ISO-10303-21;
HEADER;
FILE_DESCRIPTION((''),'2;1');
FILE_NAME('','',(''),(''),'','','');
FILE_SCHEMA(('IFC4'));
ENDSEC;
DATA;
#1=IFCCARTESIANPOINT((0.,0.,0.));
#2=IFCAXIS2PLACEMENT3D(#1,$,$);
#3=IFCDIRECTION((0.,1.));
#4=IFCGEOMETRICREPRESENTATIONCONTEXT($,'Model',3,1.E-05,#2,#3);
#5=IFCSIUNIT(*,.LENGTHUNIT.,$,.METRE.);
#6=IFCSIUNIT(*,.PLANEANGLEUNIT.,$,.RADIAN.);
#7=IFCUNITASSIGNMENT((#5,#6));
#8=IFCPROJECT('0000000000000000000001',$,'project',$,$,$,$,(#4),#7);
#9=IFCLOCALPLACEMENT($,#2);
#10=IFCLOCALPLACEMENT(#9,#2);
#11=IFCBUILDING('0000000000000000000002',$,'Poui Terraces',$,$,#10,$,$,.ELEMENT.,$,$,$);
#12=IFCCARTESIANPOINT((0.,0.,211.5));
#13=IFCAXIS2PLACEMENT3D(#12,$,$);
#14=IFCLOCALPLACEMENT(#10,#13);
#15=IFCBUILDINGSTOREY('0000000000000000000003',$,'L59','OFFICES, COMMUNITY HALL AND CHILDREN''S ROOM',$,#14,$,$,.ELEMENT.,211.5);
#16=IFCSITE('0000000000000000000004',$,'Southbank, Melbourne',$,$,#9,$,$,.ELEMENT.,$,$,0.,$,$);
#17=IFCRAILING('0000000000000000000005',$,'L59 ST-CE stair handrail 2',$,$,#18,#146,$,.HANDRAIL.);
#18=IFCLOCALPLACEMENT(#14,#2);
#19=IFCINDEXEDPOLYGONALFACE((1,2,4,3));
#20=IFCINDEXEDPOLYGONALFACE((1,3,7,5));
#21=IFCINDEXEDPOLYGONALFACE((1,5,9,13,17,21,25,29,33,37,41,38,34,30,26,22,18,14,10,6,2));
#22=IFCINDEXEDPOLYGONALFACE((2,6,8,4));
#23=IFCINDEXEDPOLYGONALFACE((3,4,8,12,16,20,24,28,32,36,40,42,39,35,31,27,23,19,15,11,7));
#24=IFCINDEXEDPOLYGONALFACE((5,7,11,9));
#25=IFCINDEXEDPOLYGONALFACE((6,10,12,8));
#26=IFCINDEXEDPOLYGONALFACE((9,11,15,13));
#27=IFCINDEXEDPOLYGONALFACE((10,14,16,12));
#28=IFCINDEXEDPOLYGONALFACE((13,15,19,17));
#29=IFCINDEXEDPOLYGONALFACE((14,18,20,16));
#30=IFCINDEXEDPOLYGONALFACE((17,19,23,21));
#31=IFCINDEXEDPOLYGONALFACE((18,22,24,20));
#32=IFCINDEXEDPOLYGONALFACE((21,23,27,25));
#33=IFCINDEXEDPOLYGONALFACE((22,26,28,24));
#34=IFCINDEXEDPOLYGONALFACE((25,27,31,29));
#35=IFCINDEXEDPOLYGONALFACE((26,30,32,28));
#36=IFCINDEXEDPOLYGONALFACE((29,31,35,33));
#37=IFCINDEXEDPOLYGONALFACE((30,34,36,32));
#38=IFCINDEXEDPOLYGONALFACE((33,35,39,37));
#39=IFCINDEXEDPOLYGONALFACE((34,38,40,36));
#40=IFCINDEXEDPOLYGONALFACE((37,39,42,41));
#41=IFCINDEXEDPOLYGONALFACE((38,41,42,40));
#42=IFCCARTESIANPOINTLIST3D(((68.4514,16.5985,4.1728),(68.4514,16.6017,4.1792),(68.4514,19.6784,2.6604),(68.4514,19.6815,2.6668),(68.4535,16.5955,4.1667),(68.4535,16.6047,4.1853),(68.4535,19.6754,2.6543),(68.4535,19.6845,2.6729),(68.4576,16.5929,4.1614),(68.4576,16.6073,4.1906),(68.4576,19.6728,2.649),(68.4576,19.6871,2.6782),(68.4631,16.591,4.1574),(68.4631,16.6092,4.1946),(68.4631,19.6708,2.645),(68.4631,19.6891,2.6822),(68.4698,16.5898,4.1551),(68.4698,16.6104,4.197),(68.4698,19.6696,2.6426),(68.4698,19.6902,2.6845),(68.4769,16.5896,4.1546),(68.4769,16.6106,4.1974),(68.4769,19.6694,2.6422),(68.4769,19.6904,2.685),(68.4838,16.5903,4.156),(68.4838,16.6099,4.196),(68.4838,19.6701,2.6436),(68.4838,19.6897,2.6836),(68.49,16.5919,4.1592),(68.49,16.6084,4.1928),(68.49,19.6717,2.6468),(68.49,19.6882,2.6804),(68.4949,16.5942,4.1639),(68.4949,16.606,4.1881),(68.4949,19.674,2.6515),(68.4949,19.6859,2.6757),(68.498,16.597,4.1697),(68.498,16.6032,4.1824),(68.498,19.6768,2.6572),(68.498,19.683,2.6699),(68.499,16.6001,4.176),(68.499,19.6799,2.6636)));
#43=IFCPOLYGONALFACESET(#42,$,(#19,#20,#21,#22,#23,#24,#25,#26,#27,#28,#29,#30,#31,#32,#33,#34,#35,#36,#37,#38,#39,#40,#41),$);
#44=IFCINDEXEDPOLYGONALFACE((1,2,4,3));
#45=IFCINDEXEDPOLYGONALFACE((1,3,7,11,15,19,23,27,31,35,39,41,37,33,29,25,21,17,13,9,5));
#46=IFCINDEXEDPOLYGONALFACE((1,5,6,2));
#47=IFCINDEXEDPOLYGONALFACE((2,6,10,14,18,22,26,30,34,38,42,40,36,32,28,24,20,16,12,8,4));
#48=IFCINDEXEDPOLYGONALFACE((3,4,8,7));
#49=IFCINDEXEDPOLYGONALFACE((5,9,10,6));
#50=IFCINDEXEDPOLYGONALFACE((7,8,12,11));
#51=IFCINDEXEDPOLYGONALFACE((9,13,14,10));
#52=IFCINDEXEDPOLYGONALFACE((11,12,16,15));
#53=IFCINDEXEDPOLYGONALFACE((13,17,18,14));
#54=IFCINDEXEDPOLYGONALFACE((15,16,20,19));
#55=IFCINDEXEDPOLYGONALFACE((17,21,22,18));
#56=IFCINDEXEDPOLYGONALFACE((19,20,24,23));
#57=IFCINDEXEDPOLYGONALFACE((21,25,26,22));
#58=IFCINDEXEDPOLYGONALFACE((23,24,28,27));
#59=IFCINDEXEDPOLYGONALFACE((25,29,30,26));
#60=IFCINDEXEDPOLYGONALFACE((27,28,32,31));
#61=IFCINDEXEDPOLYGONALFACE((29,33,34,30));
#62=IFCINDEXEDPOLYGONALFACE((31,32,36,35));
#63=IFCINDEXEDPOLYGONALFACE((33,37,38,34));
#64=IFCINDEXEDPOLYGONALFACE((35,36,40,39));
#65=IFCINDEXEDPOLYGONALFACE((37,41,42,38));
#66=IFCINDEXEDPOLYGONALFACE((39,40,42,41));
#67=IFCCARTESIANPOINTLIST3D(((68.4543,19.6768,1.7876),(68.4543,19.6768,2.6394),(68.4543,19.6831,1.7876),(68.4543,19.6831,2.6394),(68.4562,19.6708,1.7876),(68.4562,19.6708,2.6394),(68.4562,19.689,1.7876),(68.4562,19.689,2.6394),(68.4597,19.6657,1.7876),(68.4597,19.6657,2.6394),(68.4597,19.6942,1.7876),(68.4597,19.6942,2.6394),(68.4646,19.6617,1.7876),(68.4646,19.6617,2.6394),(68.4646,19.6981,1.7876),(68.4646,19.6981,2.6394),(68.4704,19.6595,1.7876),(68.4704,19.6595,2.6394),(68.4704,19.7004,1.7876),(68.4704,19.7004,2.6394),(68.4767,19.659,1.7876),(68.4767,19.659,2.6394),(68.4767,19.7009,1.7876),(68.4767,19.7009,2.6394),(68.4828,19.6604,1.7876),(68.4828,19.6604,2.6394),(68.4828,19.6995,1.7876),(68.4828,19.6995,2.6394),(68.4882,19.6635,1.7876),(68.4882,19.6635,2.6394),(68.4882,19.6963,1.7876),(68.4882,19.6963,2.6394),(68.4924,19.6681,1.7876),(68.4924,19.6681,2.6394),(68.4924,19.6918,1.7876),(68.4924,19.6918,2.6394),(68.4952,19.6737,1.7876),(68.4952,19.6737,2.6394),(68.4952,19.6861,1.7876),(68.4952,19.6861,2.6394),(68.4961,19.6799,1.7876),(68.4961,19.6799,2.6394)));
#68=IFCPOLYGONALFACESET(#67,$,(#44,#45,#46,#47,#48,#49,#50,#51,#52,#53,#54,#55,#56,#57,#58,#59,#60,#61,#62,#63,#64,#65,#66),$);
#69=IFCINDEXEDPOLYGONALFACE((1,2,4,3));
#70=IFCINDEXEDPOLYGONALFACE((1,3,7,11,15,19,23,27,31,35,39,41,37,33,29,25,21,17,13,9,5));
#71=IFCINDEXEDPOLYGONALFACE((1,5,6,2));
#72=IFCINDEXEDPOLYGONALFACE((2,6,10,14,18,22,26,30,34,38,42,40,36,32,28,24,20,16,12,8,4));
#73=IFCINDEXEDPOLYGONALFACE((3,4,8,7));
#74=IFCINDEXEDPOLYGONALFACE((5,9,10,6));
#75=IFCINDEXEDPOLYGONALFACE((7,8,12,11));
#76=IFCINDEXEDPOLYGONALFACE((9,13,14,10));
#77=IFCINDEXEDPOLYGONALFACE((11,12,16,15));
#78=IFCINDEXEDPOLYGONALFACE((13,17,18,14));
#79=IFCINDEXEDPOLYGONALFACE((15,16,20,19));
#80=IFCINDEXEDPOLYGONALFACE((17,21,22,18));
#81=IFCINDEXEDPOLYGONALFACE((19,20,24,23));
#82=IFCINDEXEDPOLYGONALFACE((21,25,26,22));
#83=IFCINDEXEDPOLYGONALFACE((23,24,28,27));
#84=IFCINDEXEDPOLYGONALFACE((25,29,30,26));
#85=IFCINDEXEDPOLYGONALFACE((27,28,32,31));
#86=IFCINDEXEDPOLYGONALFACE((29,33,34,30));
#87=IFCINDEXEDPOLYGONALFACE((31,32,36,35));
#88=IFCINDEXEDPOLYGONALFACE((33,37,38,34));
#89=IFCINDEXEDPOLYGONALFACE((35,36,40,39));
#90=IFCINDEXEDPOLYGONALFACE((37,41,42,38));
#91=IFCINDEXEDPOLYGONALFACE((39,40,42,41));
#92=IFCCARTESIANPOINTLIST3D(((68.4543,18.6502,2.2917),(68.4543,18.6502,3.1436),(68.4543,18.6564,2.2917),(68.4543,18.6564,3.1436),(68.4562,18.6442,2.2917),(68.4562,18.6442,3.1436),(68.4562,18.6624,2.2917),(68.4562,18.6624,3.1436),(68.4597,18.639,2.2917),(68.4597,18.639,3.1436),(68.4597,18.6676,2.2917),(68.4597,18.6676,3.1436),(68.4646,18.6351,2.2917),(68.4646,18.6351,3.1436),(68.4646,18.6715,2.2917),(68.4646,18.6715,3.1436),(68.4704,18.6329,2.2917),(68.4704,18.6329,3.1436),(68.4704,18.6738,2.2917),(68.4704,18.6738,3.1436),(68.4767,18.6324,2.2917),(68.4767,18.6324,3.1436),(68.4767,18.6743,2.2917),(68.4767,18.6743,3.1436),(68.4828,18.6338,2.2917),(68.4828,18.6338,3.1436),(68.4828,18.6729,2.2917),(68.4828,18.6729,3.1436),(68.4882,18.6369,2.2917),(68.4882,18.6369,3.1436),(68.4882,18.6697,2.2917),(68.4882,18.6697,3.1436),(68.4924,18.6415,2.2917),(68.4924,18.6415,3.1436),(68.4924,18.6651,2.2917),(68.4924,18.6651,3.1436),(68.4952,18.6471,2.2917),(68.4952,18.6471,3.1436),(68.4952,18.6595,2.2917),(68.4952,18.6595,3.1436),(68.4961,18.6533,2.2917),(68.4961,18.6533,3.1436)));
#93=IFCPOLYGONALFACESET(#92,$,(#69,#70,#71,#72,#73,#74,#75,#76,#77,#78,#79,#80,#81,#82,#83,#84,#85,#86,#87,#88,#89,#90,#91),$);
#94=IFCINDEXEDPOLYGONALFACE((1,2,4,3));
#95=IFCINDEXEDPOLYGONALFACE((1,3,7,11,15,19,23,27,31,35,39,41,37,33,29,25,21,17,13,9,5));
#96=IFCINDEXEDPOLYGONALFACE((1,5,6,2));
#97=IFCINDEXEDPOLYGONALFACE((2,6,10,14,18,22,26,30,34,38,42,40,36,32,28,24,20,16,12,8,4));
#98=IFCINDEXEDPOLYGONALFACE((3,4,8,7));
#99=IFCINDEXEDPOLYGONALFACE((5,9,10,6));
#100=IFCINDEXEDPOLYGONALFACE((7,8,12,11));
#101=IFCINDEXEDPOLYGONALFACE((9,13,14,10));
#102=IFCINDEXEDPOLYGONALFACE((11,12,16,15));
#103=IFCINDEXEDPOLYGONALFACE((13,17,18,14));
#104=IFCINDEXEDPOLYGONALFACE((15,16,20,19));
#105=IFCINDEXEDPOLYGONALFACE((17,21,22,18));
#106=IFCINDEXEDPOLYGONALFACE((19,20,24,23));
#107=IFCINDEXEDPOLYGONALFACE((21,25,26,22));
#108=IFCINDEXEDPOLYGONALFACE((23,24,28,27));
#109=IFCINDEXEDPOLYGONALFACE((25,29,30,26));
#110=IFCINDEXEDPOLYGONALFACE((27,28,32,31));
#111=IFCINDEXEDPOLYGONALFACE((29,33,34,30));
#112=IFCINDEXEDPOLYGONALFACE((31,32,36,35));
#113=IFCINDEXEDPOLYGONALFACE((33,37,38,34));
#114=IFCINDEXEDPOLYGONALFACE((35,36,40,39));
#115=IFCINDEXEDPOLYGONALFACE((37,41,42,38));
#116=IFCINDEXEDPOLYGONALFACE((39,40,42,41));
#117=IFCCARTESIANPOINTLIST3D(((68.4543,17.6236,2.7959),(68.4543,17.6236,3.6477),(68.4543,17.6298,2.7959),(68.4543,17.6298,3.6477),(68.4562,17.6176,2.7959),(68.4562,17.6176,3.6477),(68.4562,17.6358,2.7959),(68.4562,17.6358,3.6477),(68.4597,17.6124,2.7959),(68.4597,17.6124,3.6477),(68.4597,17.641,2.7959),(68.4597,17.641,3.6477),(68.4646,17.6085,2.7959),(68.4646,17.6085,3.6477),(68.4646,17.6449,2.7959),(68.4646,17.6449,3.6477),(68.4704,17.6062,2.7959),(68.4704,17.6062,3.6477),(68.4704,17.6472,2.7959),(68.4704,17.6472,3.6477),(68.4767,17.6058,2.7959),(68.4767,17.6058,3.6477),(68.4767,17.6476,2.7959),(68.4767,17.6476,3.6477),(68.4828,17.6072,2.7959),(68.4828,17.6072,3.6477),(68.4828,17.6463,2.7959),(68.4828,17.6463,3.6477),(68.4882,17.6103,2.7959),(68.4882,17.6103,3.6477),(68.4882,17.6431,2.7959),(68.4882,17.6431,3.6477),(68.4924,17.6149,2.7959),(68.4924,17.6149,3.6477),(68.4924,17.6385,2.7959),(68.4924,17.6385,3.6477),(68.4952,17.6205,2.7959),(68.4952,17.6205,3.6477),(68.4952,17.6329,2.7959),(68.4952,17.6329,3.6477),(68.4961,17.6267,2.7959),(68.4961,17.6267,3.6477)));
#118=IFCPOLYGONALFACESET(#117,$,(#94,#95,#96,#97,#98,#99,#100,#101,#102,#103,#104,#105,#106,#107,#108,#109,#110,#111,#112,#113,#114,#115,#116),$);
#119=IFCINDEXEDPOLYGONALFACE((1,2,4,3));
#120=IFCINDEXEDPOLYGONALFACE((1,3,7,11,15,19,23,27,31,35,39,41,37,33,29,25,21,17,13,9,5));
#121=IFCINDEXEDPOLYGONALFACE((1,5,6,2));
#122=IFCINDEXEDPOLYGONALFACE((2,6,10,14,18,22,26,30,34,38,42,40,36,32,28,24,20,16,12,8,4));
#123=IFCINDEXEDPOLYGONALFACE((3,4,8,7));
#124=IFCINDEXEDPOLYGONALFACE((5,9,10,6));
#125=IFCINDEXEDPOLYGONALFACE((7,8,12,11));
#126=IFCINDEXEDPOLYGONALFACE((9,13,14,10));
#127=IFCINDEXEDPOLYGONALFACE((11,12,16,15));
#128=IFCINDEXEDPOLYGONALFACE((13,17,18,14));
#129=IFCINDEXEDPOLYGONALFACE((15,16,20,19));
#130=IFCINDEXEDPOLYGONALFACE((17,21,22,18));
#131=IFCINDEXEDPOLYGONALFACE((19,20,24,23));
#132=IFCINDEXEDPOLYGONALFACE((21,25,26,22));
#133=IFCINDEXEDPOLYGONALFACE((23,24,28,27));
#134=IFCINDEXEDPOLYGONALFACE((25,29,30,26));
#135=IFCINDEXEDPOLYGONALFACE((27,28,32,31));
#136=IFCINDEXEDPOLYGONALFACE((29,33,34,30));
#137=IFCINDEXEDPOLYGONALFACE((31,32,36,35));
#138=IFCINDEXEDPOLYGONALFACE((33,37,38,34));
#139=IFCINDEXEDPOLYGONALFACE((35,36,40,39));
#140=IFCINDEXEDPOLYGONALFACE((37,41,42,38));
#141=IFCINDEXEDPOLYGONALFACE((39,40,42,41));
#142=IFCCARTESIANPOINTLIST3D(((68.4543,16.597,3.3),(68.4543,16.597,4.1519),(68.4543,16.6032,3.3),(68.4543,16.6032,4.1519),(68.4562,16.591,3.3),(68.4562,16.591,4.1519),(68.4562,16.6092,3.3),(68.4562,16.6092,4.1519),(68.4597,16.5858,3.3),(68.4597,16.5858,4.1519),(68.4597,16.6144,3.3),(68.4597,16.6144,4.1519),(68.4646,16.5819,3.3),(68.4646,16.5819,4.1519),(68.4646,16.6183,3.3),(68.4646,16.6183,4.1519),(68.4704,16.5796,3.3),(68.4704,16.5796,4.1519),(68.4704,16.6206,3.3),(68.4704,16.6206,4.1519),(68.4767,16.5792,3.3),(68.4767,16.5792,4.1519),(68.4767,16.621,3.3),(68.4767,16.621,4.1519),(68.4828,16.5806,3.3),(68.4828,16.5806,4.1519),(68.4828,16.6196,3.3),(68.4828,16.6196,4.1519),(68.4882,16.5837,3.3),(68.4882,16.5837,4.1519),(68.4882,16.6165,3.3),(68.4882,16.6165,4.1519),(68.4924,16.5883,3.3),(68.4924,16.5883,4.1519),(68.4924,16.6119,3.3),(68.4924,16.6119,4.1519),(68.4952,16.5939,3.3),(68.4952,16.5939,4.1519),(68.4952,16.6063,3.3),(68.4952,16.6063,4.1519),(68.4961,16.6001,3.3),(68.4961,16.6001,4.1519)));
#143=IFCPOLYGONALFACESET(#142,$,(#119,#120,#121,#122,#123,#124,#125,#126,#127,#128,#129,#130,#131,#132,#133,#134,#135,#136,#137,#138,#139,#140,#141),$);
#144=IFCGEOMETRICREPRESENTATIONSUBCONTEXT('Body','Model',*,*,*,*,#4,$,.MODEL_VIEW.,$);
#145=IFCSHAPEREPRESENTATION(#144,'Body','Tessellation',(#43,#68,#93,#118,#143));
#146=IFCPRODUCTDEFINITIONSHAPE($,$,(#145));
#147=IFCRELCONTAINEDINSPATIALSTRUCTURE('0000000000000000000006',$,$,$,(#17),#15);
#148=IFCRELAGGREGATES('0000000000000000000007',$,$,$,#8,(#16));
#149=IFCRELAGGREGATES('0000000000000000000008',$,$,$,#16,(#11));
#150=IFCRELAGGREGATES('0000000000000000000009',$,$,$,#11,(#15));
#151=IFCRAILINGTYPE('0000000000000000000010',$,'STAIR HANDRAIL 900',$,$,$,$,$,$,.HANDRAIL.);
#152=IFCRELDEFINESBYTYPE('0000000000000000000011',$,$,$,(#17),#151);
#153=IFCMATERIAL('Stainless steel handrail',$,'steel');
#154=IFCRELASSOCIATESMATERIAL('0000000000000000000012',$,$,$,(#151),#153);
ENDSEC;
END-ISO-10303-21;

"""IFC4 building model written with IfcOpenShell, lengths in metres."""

from ifc_helpers import new_model, si_unit, direction, frame, origin, origin_2d, place, context, subcontext, project, spatial, circle, extrude, material, type_object, element, save


model = new_model("IFC4")

# Units and contexts
model_context = context("Model", 3, precision=1e-05, world=origin(), true_north=direction((0.0, 1.0)))
body_context = subcontext(model_context, "Body", "Model", "MODEL_VIEW")
ifc_project = project(units=[si_unit("LENGTHUNIT", "METRE"), si_unit("PLANEANGLEUNIT", "RADIAN")], contexts=[model_context])

# Site, building, storey
site_placement = place(None, origin())
site = spatial("IfcSite", under=ifc_project, at=site_placement, Name="Southbank, Melbourne", CompositionType="ELEMENT", RefElevation=0.0)
building_placement = place(site_placement, origin())
building = spatial("IfcBuilding", under=site, at=building_placement, Name="Poui Terraces", CompositionType="ELEMENT")
storey_placement = place(building_placement, frame((0.0, 0.0, 211.5)))
storey = spatial("IfcBuildingStorey", under=building, at=storey_placement, Name="L59", Description="OFFICES, COMMUNITY HALL AND CHILDREN'S ROOM", CompositionType="ELEMENT", Elevation=211.5)

# Railing
ifc_material_1 = material(Name="Stainless steel handrail", Category="steel")
railing_type_1 = type_object("IfcRailingType", Name="STAIR HANDRAIL 900", PredefinedType="HANDRAIL", material=ifc_material_1)
railing_1_placement = place(storey_placement, frame((68.4751, 19.6799, 1.7876)))
element("IfcRailing", 1, at=railing_1_placement, inside=storey, type_object=railing_type_1, Name="L59 ST-CE stair handrail 2", PredefinedType="HANDRAIL", context=body_context, shape_type="SweptSolid", body=[
    extrude(circle(Radius=0.0239, at=origin_2d()), frame((0.0, 0.0, 0.876), z_axis=(0.0, -0.897606, 0.440798), x_axis=(1.0, 0.0, 0.0)), (0.0, 0.0, 1.0), 3.4312),
    extrude(circle(Radius=0.021, at=origin_2d()), origin(), (0.0, 0.0, 1.0), 0.8518),
    extrude(circle(Radius=0.021, at=origin_2d()), frame((0.0, -1.0266, 0.5042)), (0.0, 0.0, 1.0), 0.8518),
    extrude(circle(Radius=0.021, at=origin_2d()), frame((0.0, -2.0532, 1.0083)), (0.0, 0.0, 1.0), 0.8518),
    extrude(circle(Radius=0.021, at=origin_2d()), frame((0.0, -3.0798, 1.5125)), (0.0, 0.0, 1.0), 0.8518),
])

save(model, "model.ifc")
